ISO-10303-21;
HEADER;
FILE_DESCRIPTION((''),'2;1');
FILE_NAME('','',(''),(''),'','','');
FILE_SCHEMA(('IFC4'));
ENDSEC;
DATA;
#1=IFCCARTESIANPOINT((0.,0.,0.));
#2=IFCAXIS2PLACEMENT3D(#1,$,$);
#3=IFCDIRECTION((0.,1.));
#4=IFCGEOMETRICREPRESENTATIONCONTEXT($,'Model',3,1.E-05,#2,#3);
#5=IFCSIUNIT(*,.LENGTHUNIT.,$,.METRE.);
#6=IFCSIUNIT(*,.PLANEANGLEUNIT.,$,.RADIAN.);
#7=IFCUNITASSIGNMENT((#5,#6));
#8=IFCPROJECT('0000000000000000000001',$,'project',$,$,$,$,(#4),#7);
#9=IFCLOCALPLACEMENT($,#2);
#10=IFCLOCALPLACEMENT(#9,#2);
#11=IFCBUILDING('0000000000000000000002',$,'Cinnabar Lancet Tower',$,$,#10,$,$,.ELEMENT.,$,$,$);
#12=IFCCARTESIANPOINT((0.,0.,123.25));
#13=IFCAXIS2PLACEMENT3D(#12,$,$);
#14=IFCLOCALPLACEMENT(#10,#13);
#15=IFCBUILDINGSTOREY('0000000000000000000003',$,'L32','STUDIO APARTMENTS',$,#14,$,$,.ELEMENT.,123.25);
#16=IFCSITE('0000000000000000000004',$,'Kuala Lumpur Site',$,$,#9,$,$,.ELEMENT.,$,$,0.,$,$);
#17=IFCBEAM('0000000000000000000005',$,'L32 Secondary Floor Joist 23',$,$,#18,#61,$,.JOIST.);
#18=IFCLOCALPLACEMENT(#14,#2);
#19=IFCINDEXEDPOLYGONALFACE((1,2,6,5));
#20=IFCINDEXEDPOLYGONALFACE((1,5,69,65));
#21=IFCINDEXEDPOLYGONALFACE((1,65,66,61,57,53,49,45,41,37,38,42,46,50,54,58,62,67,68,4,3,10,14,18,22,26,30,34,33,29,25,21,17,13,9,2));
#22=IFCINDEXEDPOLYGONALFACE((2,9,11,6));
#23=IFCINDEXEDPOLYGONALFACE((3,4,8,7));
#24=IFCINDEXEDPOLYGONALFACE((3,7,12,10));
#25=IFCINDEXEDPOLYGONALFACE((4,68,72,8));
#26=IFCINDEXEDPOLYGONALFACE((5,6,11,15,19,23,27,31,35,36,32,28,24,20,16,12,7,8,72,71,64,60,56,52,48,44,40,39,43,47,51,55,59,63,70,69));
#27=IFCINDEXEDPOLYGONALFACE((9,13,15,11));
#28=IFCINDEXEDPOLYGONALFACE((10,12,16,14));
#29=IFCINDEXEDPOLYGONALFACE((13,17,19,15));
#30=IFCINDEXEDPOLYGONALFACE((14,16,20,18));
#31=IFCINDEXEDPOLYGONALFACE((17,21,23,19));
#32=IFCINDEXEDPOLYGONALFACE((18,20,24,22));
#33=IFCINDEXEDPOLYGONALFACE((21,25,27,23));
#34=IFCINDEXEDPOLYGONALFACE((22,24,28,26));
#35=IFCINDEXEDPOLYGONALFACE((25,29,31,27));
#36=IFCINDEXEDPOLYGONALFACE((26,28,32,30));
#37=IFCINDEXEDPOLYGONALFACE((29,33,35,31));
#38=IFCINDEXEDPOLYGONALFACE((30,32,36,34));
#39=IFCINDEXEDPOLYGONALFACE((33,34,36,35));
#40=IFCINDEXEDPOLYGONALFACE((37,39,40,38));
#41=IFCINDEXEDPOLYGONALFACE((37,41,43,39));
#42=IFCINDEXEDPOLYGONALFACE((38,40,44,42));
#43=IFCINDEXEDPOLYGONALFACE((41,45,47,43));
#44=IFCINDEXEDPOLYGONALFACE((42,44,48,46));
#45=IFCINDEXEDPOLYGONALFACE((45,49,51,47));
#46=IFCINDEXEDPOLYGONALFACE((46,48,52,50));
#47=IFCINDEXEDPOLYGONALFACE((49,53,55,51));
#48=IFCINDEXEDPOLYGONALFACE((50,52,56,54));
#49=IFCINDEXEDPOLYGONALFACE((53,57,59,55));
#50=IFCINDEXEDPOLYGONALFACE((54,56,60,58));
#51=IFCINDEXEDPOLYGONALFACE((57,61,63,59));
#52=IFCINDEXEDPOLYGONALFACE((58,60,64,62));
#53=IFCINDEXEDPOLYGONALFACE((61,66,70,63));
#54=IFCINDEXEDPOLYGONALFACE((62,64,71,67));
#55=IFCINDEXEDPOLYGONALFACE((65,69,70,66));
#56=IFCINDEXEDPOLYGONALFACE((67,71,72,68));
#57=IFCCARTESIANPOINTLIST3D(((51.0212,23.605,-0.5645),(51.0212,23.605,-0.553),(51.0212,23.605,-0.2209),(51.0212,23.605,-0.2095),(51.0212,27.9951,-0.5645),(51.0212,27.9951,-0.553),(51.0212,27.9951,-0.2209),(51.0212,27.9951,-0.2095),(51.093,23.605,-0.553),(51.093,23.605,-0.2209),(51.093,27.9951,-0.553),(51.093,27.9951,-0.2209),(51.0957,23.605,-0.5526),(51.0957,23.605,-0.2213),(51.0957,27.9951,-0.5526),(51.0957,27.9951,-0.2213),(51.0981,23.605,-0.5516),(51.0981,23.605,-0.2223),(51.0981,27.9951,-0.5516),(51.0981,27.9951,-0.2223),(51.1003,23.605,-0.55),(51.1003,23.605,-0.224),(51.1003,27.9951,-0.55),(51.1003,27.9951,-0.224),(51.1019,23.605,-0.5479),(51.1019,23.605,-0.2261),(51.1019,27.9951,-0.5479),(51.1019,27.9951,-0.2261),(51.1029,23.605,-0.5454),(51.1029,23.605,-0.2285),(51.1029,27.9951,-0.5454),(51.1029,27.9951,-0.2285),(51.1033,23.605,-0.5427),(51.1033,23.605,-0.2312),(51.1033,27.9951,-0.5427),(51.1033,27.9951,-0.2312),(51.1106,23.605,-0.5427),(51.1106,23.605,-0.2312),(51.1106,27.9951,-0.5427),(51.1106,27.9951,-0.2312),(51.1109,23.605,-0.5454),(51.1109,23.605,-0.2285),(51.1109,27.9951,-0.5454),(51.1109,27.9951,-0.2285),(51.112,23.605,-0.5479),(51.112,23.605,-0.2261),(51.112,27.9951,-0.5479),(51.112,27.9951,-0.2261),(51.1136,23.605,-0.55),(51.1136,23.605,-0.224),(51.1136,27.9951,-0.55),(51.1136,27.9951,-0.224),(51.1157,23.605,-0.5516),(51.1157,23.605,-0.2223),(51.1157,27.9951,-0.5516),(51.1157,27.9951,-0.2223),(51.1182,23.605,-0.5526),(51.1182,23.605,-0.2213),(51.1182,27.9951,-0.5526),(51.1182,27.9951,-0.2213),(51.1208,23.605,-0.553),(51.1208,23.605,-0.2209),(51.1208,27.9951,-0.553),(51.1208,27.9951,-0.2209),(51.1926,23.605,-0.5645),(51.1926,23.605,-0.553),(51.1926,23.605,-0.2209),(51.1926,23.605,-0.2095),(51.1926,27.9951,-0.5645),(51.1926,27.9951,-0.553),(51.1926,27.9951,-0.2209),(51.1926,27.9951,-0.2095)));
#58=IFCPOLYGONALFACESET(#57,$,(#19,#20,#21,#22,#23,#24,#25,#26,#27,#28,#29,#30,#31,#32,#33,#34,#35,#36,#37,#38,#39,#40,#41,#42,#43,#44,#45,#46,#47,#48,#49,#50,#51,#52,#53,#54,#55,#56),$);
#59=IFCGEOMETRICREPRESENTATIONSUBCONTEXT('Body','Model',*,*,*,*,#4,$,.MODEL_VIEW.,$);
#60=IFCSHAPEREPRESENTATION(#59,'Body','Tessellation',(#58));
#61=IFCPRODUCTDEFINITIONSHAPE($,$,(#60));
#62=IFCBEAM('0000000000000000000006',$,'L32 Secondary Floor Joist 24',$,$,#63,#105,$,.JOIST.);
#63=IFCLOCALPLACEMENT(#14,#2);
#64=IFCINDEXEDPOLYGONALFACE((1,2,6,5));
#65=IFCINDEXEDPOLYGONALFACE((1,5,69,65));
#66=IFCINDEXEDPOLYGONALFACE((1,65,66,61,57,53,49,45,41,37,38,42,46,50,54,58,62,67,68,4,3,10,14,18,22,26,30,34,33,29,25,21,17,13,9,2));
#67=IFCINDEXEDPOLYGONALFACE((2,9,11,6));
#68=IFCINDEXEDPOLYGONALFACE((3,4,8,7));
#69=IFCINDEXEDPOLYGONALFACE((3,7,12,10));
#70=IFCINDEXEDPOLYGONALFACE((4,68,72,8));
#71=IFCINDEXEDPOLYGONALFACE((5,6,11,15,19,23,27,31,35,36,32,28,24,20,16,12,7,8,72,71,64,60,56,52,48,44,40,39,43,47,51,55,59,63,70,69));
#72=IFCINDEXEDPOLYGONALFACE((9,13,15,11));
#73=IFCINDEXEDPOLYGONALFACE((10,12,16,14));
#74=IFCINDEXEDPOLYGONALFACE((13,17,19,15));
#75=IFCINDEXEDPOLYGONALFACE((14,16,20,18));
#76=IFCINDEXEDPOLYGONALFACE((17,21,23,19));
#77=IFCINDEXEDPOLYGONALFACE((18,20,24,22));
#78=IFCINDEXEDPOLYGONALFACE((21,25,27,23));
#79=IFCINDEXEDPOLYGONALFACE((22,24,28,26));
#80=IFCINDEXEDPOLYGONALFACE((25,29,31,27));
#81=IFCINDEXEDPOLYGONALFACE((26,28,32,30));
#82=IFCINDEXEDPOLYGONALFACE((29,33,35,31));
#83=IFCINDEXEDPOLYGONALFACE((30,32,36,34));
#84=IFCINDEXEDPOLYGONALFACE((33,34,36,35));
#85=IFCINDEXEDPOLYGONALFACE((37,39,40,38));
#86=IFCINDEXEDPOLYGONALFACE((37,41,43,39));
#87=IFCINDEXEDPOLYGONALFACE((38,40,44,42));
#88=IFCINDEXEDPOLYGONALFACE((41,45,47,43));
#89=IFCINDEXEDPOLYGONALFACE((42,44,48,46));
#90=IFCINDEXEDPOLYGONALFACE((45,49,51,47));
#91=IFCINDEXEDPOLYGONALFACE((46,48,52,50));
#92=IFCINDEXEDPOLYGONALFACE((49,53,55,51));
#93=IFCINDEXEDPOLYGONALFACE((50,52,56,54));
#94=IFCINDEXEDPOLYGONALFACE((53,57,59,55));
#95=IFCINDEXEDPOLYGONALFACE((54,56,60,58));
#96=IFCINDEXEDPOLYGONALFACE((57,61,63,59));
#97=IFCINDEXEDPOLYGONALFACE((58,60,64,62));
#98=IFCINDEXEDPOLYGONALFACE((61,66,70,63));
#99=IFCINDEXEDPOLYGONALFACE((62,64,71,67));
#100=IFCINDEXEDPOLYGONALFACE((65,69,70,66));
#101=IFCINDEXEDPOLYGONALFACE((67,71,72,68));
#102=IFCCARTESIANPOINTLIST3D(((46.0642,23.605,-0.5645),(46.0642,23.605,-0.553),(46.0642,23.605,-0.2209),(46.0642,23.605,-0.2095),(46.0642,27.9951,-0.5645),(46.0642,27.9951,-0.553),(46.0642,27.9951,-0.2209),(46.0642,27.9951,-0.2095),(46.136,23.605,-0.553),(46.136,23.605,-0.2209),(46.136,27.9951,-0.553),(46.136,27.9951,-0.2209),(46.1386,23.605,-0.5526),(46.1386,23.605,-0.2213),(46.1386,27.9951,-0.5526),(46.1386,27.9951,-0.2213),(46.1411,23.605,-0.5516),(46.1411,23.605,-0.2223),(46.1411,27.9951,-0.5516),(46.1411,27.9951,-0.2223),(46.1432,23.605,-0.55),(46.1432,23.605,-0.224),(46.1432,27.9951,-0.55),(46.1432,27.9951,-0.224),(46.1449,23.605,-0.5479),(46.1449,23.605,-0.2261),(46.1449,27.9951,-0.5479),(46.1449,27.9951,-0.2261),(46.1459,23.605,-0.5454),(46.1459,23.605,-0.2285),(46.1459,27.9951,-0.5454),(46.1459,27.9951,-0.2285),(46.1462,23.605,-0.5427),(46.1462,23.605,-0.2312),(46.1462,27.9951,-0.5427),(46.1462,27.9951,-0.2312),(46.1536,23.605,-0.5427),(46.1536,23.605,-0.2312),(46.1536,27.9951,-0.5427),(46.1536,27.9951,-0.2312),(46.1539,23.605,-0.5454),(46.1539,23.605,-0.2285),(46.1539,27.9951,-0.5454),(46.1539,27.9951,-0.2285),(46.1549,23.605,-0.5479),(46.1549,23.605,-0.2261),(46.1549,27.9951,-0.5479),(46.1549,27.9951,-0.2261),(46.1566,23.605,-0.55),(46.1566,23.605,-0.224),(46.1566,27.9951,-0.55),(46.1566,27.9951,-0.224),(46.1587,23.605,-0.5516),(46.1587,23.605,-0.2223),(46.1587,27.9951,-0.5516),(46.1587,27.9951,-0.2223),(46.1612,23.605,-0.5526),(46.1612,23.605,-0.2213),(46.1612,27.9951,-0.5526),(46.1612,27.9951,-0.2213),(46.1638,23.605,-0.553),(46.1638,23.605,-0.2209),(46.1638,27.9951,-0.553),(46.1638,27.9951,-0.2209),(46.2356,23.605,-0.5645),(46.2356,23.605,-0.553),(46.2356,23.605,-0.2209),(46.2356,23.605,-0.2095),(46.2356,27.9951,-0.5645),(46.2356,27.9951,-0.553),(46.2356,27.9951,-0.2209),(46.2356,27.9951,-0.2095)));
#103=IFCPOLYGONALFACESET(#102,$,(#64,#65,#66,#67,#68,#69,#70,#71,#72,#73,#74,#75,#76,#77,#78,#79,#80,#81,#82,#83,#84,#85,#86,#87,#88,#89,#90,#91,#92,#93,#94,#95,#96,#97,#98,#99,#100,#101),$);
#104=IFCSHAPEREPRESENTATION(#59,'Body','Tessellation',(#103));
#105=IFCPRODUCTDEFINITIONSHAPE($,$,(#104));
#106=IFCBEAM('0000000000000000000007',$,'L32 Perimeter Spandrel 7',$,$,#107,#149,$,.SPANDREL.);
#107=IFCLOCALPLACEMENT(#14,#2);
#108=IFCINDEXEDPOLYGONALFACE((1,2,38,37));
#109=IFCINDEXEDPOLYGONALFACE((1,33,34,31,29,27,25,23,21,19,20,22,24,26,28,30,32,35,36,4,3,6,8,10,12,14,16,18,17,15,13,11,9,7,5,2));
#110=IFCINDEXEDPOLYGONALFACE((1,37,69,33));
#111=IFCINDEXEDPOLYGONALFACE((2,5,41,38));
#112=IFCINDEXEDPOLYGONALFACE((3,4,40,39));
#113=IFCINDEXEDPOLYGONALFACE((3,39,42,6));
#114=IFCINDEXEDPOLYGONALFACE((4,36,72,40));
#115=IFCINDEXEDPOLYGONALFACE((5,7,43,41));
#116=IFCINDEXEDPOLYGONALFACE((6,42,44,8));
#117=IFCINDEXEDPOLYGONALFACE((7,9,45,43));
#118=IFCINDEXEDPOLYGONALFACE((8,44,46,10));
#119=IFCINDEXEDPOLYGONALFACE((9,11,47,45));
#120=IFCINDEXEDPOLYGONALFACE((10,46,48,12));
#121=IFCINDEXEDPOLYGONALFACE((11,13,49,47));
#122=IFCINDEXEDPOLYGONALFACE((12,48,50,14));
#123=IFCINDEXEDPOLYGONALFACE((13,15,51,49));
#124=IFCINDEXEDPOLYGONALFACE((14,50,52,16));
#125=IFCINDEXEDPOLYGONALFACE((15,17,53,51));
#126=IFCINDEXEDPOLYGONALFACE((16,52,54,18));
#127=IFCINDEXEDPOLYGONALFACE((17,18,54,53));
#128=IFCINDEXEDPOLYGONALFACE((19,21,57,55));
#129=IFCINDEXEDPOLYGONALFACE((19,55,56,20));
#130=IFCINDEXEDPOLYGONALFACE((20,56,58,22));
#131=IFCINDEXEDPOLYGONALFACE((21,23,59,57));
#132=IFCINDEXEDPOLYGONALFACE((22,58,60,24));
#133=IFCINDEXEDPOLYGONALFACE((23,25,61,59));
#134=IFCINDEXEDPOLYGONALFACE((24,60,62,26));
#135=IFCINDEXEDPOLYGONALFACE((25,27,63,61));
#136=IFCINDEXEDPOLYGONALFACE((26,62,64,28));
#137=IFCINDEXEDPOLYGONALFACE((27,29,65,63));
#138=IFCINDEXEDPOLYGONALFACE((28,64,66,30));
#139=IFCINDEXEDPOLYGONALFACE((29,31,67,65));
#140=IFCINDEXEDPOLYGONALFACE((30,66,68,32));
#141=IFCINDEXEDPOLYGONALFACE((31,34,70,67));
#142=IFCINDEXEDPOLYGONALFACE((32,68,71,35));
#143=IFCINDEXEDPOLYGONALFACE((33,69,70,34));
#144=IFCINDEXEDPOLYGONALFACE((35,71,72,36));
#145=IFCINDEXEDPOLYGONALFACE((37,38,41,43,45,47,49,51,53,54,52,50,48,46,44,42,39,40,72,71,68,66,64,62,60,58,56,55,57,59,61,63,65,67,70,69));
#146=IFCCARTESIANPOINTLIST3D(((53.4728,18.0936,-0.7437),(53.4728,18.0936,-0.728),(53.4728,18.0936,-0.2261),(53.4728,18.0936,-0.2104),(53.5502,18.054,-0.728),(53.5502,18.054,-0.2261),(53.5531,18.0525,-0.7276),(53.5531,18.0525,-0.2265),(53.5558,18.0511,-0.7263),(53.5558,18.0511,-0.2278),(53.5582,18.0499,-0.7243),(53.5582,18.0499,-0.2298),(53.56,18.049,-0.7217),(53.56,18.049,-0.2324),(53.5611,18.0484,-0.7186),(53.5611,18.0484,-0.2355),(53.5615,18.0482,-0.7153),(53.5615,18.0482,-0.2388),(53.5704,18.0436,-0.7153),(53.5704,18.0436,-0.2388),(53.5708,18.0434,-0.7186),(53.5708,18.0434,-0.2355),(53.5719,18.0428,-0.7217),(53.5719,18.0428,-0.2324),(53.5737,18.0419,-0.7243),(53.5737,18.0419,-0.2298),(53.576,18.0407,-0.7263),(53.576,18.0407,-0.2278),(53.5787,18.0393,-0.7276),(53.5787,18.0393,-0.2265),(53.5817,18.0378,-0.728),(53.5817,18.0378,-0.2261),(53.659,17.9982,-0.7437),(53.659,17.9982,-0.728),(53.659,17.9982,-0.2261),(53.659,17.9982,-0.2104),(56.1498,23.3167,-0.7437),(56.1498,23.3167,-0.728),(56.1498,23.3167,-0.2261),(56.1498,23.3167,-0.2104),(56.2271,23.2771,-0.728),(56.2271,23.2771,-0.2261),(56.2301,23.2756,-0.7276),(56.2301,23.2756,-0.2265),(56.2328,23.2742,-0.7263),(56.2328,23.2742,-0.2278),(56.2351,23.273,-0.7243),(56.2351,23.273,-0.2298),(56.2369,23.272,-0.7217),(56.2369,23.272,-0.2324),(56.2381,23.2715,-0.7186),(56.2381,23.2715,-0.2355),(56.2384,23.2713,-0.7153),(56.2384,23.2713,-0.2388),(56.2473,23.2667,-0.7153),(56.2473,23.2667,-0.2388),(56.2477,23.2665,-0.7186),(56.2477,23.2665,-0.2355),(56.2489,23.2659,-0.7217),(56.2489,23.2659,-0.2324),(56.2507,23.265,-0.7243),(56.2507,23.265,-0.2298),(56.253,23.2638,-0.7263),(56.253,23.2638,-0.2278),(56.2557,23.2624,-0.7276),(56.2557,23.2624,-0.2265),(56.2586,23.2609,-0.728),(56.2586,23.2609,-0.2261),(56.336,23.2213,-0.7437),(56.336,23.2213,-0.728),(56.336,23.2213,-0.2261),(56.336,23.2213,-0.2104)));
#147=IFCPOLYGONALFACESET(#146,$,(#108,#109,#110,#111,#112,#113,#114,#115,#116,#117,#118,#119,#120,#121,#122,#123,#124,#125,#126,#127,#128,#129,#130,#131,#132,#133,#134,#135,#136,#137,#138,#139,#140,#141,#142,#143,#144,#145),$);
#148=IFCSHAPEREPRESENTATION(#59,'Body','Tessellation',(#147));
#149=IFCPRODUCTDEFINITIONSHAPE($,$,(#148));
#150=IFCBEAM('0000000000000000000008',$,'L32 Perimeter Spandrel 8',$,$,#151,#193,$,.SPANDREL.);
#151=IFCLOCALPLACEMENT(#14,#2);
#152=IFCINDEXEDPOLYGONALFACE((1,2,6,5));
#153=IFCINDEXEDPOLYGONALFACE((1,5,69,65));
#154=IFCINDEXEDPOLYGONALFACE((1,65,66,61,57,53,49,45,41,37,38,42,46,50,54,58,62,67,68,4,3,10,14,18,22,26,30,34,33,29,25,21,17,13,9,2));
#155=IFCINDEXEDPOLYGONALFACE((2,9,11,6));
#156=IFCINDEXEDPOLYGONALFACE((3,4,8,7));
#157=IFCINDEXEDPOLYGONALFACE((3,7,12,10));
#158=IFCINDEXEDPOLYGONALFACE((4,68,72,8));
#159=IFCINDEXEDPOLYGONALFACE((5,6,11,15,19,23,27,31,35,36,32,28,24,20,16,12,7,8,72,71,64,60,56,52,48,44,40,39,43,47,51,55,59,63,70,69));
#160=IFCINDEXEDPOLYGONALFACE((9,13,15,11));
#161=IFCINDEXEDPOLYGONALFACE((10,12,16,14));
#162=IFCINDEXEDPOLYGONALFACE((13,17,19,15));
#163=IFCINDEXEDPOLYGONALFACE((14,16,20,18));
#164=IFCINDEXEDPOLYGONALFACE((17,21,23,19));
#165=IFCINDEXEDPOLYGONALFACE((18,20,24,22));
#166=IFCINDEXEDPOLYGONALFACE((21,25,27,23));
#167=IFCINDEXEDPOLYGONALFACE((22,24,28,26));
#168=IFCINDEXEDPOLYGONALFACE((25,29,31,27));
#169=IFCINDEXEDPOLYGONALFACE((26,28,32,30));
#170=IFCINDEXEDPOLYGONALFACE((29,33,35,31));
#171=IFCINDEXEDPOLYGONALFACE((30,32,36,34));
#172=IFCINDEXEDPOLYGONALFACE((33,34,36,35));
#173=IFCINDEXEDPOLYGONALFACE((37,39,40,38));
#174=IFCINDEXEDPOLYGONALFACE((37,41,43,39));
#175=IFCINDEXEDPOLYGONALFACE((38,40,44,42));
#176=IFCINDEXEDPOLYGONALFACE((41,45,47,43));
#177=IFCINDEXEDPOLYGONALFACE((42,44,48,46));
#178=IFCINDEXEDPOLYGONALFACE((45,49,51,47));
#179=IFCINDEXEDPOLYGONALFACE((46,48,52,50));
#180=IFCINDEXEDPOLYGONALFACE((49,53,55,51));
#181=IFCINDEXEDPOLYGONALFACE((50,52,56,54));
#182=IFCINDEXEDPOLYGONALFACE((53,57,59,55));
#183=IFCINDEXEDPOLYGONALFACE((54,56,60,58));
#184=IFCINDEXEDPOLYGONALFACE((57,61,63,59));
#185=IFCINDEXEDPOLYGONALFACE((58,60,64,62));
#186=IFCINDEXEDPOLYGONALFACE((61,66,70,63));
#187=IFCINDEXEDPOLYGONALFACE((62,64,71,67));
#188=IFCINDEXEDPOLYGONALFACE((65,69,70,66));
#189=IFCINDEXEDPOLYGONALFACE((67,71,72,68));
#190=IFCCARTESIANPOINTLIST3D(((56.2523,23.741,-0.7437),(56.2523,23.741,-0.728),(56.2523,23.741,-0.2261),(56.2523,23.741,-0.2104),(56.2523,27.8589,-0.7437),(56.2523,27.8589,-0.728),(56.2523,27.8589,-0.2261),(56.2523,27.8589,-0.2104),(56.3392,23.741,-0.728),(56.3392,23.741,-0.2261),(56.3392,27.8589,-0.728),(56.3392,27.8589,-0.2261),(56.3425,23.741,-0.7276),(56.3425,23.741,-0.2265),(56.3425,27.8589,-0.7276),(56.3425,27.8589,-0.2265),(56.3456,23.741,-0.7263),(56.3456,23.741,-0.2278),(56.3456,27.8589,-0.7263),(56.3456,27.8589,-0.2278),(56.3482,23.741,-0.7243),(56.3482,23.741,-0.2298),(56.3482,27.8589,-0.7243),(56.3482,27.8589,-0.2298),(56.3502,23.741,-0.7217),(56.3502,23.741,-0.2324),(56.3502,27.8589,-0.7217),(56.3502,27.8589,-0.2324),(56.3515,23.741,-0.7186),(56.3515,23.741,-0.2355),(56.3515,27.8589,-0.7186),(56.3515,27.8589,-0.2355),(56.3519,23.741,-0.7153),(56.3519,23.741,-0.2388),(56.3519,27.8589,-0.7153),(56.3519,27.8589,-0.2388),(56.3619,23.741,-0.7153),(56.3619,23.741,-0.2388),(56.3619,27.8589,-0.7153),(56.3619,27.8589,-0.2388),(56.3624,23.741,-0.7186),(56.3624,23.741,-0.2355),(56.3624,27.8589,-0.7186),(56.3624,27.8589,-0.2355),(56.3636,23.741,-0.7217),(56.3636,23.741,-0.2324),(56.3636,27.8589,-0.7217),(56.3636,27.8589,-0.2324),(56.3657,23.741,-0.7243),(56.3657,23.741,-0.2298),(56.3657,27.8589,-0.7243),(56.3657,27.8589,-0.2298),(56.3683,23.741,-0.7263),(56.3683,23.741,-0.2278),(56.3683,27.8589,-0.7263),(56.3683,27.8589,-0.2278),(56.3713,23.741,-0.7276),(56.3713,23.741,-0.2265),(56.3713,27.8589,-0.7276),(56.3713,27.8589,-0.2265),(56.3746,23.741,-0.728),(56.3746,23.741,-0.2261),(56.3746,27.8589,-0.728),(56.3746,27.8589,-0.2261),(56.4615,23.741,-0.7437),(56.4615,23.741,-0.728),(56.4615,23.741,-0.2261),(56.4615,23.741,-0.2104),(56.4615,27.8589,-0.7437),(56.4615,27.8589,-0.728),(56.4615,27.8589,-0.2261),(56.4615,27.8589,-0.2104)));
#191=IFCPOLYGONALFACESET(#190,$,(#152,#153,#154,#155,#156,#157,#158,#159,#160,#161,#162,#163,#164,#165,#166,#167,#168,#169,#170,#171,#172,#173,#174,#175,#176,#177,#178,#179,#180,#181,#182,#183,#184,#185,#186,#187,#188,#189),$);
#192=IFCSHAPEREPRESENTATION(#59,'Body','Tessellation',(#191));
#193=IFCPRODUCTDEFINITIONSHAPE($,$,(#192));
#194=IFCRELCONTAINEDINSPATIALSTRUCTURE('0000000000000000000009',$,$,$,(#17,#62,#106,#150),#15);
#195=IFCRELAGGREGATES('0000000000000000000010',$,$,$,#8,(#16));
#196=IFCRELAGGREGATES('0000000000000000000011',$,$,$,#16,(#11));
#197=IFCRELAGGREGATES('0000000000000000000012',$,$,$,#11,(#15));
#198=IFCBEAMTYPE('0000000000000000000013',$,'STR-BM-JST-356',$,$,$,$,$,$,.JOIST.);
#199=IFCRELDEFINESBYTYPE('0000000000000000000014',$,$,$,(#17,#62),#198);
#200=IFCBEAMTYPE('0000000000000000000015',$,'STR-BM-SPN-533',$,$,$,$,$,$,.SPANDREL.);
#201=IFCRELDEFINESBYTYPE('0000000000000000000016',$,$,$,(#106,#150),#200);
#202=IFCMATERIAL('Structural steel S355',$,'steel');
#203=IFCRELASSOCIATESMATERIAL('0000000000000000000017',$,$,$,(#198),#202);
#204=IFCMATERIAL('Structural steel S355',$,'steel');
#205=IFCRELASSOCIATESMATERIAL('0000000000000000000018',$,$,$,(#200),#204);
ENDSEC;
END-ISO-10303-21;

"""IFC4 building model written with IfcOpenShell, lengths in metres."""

from ifc_helpers import new_model, si_unit, direction, frame, origin, origin_2d, place, context, subcontext, project, spatial, i_section, extrude, material, material_profile, profile_set, type_object, element, save


model = new_model("IFC4")

# Units and contexts
model_context = context("Model", 3, precision=1e-05, world=origin(), true_north=direction((0.0, 1.0)))
body_context = subcontext(model_context, "Body", "Model", "MODEL_VIEW")
ifc_project = project(units=[si_unit("LENGTHUNIT", "METRE"), si_unit("PLANEANGLEUNIT", "RADIAN")], contexts=[model_context])

# Site, building, storey
site_placement = place(None, origin())
site = spatial("IfcSite", under=ifc_project, at=site_placement, Name="Kuala Lumpur Site", CompositionType="ELEMENT", RefElevation=0.0)
building_placement = place(site_placement, origin())
building = spatial("IfcBuilding", under=site, at=building_placement, Name="Cinnabar Lancet Tower", CompositionType="ELEMENT")
storey_placement = place(building_placement, frame((0.0, 0.0, 123.25)))
storey = spatial("IfcBuildingStorey", under=building, at=storey_placement, Name="L32", Description="STUDIO APARTMENTS", CompositionType="ELEMENT", Elevation=123.25)

# Beams
ifc_material_1 = material(Name="Structural steel S355", Category="steel")
ifc_material_profile_1 = material_profile(ifc_material_1, i_section(OverallWidth=0.1714, OverallDepth=0.355, WebThickness=0.0073, FlangeThickness=0.0115, FilletRadius=0.0103, at=origin_2d()), Name="UKB 356x171x51")
ifc_profile_set_1 = profile_set([ifc_material_profile_1], Name="Structural steel S355")
beam_type_1 = type_object("IfcBeamType", Name="STR-BM-JST-356", PredefinedType="JOIST", material=ifc_profile_set_1)
for number, where, z_axis, x_axis, name in (
    (1, (51.1069, 23.605, -0.387), (0.0, 1.0, 0.0), (-1.0, 0.0, 0.0), "L32 Secondary Floor Joist 23"),
    (2, (46.1499, 23.605, -0.387), (0.0, 1.0, 0.0), (-1.0, 0.0, 0.0), "L32 Secondary Floor Joist 24"),
):
    element("IfcBeam", number, at=place(storey_placement, frame(where, z_axis=z_axis, x_axis=x_axis)), inside=storey, type_object=beam_type_1, Name=name, PredefinedType="JOIST", context=body_context, shape_type="SweptSolid", body=[
        extrude(i_section(OverallWidth=0.1714, OverallDepth=0.355, WebThickness=0.0073, FlangeThickness=0.0115, FilletRadius=0.0103, at=origin_2d()), origin(), (0.0, 0.0, 1.0), 4.3901),
    ])
ifc_material_2 = material(Name="Structural steel S355", Category="steel")
ifc_material_profile_2 = material_profile(ifc_material_2, i_section(OverallWidth=0.2092, OverallDepth=0.5332, WebThickness=0.01, FlangeThickness=0.0156, FilletRadius=0.0127, at=origin_2d()), Name="UKB 533x210x92")
ifc_profile_set_2 = profile_set([ifc_material_profile_2], Name="Structural steel S355")
beam_type_2 = type_object("IfcBeamType", Name="STR-BM-SPN-533", PredefinedType="SPANDREL", material=ifc_profile_set_2)
beam_1_placement = place(storey_placement, frame((53.5659, 18.0459, -0.4771), z_axis=(0.45611, 0.889924, 0.0), x_axis=(-0.889924, 0.45611, 0.0)))
element("IfcBeam", 3, at=beam_1_placement, inside=storey, type_object=beam_type_2, Name="L32 Perimeter Spandrel 7", PredefinedType="SPANDREL", context=body_context, shape_type="SweptSolid", body=[
    extrude(i_section(OverallWidth=0.2092, OverallDepth=0.5332, WebThickness=0.01, FlangeThickness=0.0156, FilletRadius=0.0127, at=origin_2d()), origin(), (0.0, 0.0, 1.0), 5.8691),
])
beam_2_placement = place(storey_placement, frame((56.3569, 23.741, -0.4771), z_axis=(0.0, 1.0, 0.0), x_axis=(-1.0, 0.0, 0.0)))
element("IfcBeam", 4, at=beam_2_placement, inside=storey, type_object=beam_type_2, Name="L32 Perimeter Spandrel 8", PredefinedType="SPANDREL", context=body_context, shape_type="SweptSolid", body=[
    extrude(i_section(OverallWidth=0.2092, OverallDepth=0.5332, WebThickness=0.01, FlangeThickness=0.0156, FilletRadius=0.0127, at=origin_2d()), origin(), (0.0, 0.0, 1.0), 4.1179),
])

save(model, "model.ifc")
